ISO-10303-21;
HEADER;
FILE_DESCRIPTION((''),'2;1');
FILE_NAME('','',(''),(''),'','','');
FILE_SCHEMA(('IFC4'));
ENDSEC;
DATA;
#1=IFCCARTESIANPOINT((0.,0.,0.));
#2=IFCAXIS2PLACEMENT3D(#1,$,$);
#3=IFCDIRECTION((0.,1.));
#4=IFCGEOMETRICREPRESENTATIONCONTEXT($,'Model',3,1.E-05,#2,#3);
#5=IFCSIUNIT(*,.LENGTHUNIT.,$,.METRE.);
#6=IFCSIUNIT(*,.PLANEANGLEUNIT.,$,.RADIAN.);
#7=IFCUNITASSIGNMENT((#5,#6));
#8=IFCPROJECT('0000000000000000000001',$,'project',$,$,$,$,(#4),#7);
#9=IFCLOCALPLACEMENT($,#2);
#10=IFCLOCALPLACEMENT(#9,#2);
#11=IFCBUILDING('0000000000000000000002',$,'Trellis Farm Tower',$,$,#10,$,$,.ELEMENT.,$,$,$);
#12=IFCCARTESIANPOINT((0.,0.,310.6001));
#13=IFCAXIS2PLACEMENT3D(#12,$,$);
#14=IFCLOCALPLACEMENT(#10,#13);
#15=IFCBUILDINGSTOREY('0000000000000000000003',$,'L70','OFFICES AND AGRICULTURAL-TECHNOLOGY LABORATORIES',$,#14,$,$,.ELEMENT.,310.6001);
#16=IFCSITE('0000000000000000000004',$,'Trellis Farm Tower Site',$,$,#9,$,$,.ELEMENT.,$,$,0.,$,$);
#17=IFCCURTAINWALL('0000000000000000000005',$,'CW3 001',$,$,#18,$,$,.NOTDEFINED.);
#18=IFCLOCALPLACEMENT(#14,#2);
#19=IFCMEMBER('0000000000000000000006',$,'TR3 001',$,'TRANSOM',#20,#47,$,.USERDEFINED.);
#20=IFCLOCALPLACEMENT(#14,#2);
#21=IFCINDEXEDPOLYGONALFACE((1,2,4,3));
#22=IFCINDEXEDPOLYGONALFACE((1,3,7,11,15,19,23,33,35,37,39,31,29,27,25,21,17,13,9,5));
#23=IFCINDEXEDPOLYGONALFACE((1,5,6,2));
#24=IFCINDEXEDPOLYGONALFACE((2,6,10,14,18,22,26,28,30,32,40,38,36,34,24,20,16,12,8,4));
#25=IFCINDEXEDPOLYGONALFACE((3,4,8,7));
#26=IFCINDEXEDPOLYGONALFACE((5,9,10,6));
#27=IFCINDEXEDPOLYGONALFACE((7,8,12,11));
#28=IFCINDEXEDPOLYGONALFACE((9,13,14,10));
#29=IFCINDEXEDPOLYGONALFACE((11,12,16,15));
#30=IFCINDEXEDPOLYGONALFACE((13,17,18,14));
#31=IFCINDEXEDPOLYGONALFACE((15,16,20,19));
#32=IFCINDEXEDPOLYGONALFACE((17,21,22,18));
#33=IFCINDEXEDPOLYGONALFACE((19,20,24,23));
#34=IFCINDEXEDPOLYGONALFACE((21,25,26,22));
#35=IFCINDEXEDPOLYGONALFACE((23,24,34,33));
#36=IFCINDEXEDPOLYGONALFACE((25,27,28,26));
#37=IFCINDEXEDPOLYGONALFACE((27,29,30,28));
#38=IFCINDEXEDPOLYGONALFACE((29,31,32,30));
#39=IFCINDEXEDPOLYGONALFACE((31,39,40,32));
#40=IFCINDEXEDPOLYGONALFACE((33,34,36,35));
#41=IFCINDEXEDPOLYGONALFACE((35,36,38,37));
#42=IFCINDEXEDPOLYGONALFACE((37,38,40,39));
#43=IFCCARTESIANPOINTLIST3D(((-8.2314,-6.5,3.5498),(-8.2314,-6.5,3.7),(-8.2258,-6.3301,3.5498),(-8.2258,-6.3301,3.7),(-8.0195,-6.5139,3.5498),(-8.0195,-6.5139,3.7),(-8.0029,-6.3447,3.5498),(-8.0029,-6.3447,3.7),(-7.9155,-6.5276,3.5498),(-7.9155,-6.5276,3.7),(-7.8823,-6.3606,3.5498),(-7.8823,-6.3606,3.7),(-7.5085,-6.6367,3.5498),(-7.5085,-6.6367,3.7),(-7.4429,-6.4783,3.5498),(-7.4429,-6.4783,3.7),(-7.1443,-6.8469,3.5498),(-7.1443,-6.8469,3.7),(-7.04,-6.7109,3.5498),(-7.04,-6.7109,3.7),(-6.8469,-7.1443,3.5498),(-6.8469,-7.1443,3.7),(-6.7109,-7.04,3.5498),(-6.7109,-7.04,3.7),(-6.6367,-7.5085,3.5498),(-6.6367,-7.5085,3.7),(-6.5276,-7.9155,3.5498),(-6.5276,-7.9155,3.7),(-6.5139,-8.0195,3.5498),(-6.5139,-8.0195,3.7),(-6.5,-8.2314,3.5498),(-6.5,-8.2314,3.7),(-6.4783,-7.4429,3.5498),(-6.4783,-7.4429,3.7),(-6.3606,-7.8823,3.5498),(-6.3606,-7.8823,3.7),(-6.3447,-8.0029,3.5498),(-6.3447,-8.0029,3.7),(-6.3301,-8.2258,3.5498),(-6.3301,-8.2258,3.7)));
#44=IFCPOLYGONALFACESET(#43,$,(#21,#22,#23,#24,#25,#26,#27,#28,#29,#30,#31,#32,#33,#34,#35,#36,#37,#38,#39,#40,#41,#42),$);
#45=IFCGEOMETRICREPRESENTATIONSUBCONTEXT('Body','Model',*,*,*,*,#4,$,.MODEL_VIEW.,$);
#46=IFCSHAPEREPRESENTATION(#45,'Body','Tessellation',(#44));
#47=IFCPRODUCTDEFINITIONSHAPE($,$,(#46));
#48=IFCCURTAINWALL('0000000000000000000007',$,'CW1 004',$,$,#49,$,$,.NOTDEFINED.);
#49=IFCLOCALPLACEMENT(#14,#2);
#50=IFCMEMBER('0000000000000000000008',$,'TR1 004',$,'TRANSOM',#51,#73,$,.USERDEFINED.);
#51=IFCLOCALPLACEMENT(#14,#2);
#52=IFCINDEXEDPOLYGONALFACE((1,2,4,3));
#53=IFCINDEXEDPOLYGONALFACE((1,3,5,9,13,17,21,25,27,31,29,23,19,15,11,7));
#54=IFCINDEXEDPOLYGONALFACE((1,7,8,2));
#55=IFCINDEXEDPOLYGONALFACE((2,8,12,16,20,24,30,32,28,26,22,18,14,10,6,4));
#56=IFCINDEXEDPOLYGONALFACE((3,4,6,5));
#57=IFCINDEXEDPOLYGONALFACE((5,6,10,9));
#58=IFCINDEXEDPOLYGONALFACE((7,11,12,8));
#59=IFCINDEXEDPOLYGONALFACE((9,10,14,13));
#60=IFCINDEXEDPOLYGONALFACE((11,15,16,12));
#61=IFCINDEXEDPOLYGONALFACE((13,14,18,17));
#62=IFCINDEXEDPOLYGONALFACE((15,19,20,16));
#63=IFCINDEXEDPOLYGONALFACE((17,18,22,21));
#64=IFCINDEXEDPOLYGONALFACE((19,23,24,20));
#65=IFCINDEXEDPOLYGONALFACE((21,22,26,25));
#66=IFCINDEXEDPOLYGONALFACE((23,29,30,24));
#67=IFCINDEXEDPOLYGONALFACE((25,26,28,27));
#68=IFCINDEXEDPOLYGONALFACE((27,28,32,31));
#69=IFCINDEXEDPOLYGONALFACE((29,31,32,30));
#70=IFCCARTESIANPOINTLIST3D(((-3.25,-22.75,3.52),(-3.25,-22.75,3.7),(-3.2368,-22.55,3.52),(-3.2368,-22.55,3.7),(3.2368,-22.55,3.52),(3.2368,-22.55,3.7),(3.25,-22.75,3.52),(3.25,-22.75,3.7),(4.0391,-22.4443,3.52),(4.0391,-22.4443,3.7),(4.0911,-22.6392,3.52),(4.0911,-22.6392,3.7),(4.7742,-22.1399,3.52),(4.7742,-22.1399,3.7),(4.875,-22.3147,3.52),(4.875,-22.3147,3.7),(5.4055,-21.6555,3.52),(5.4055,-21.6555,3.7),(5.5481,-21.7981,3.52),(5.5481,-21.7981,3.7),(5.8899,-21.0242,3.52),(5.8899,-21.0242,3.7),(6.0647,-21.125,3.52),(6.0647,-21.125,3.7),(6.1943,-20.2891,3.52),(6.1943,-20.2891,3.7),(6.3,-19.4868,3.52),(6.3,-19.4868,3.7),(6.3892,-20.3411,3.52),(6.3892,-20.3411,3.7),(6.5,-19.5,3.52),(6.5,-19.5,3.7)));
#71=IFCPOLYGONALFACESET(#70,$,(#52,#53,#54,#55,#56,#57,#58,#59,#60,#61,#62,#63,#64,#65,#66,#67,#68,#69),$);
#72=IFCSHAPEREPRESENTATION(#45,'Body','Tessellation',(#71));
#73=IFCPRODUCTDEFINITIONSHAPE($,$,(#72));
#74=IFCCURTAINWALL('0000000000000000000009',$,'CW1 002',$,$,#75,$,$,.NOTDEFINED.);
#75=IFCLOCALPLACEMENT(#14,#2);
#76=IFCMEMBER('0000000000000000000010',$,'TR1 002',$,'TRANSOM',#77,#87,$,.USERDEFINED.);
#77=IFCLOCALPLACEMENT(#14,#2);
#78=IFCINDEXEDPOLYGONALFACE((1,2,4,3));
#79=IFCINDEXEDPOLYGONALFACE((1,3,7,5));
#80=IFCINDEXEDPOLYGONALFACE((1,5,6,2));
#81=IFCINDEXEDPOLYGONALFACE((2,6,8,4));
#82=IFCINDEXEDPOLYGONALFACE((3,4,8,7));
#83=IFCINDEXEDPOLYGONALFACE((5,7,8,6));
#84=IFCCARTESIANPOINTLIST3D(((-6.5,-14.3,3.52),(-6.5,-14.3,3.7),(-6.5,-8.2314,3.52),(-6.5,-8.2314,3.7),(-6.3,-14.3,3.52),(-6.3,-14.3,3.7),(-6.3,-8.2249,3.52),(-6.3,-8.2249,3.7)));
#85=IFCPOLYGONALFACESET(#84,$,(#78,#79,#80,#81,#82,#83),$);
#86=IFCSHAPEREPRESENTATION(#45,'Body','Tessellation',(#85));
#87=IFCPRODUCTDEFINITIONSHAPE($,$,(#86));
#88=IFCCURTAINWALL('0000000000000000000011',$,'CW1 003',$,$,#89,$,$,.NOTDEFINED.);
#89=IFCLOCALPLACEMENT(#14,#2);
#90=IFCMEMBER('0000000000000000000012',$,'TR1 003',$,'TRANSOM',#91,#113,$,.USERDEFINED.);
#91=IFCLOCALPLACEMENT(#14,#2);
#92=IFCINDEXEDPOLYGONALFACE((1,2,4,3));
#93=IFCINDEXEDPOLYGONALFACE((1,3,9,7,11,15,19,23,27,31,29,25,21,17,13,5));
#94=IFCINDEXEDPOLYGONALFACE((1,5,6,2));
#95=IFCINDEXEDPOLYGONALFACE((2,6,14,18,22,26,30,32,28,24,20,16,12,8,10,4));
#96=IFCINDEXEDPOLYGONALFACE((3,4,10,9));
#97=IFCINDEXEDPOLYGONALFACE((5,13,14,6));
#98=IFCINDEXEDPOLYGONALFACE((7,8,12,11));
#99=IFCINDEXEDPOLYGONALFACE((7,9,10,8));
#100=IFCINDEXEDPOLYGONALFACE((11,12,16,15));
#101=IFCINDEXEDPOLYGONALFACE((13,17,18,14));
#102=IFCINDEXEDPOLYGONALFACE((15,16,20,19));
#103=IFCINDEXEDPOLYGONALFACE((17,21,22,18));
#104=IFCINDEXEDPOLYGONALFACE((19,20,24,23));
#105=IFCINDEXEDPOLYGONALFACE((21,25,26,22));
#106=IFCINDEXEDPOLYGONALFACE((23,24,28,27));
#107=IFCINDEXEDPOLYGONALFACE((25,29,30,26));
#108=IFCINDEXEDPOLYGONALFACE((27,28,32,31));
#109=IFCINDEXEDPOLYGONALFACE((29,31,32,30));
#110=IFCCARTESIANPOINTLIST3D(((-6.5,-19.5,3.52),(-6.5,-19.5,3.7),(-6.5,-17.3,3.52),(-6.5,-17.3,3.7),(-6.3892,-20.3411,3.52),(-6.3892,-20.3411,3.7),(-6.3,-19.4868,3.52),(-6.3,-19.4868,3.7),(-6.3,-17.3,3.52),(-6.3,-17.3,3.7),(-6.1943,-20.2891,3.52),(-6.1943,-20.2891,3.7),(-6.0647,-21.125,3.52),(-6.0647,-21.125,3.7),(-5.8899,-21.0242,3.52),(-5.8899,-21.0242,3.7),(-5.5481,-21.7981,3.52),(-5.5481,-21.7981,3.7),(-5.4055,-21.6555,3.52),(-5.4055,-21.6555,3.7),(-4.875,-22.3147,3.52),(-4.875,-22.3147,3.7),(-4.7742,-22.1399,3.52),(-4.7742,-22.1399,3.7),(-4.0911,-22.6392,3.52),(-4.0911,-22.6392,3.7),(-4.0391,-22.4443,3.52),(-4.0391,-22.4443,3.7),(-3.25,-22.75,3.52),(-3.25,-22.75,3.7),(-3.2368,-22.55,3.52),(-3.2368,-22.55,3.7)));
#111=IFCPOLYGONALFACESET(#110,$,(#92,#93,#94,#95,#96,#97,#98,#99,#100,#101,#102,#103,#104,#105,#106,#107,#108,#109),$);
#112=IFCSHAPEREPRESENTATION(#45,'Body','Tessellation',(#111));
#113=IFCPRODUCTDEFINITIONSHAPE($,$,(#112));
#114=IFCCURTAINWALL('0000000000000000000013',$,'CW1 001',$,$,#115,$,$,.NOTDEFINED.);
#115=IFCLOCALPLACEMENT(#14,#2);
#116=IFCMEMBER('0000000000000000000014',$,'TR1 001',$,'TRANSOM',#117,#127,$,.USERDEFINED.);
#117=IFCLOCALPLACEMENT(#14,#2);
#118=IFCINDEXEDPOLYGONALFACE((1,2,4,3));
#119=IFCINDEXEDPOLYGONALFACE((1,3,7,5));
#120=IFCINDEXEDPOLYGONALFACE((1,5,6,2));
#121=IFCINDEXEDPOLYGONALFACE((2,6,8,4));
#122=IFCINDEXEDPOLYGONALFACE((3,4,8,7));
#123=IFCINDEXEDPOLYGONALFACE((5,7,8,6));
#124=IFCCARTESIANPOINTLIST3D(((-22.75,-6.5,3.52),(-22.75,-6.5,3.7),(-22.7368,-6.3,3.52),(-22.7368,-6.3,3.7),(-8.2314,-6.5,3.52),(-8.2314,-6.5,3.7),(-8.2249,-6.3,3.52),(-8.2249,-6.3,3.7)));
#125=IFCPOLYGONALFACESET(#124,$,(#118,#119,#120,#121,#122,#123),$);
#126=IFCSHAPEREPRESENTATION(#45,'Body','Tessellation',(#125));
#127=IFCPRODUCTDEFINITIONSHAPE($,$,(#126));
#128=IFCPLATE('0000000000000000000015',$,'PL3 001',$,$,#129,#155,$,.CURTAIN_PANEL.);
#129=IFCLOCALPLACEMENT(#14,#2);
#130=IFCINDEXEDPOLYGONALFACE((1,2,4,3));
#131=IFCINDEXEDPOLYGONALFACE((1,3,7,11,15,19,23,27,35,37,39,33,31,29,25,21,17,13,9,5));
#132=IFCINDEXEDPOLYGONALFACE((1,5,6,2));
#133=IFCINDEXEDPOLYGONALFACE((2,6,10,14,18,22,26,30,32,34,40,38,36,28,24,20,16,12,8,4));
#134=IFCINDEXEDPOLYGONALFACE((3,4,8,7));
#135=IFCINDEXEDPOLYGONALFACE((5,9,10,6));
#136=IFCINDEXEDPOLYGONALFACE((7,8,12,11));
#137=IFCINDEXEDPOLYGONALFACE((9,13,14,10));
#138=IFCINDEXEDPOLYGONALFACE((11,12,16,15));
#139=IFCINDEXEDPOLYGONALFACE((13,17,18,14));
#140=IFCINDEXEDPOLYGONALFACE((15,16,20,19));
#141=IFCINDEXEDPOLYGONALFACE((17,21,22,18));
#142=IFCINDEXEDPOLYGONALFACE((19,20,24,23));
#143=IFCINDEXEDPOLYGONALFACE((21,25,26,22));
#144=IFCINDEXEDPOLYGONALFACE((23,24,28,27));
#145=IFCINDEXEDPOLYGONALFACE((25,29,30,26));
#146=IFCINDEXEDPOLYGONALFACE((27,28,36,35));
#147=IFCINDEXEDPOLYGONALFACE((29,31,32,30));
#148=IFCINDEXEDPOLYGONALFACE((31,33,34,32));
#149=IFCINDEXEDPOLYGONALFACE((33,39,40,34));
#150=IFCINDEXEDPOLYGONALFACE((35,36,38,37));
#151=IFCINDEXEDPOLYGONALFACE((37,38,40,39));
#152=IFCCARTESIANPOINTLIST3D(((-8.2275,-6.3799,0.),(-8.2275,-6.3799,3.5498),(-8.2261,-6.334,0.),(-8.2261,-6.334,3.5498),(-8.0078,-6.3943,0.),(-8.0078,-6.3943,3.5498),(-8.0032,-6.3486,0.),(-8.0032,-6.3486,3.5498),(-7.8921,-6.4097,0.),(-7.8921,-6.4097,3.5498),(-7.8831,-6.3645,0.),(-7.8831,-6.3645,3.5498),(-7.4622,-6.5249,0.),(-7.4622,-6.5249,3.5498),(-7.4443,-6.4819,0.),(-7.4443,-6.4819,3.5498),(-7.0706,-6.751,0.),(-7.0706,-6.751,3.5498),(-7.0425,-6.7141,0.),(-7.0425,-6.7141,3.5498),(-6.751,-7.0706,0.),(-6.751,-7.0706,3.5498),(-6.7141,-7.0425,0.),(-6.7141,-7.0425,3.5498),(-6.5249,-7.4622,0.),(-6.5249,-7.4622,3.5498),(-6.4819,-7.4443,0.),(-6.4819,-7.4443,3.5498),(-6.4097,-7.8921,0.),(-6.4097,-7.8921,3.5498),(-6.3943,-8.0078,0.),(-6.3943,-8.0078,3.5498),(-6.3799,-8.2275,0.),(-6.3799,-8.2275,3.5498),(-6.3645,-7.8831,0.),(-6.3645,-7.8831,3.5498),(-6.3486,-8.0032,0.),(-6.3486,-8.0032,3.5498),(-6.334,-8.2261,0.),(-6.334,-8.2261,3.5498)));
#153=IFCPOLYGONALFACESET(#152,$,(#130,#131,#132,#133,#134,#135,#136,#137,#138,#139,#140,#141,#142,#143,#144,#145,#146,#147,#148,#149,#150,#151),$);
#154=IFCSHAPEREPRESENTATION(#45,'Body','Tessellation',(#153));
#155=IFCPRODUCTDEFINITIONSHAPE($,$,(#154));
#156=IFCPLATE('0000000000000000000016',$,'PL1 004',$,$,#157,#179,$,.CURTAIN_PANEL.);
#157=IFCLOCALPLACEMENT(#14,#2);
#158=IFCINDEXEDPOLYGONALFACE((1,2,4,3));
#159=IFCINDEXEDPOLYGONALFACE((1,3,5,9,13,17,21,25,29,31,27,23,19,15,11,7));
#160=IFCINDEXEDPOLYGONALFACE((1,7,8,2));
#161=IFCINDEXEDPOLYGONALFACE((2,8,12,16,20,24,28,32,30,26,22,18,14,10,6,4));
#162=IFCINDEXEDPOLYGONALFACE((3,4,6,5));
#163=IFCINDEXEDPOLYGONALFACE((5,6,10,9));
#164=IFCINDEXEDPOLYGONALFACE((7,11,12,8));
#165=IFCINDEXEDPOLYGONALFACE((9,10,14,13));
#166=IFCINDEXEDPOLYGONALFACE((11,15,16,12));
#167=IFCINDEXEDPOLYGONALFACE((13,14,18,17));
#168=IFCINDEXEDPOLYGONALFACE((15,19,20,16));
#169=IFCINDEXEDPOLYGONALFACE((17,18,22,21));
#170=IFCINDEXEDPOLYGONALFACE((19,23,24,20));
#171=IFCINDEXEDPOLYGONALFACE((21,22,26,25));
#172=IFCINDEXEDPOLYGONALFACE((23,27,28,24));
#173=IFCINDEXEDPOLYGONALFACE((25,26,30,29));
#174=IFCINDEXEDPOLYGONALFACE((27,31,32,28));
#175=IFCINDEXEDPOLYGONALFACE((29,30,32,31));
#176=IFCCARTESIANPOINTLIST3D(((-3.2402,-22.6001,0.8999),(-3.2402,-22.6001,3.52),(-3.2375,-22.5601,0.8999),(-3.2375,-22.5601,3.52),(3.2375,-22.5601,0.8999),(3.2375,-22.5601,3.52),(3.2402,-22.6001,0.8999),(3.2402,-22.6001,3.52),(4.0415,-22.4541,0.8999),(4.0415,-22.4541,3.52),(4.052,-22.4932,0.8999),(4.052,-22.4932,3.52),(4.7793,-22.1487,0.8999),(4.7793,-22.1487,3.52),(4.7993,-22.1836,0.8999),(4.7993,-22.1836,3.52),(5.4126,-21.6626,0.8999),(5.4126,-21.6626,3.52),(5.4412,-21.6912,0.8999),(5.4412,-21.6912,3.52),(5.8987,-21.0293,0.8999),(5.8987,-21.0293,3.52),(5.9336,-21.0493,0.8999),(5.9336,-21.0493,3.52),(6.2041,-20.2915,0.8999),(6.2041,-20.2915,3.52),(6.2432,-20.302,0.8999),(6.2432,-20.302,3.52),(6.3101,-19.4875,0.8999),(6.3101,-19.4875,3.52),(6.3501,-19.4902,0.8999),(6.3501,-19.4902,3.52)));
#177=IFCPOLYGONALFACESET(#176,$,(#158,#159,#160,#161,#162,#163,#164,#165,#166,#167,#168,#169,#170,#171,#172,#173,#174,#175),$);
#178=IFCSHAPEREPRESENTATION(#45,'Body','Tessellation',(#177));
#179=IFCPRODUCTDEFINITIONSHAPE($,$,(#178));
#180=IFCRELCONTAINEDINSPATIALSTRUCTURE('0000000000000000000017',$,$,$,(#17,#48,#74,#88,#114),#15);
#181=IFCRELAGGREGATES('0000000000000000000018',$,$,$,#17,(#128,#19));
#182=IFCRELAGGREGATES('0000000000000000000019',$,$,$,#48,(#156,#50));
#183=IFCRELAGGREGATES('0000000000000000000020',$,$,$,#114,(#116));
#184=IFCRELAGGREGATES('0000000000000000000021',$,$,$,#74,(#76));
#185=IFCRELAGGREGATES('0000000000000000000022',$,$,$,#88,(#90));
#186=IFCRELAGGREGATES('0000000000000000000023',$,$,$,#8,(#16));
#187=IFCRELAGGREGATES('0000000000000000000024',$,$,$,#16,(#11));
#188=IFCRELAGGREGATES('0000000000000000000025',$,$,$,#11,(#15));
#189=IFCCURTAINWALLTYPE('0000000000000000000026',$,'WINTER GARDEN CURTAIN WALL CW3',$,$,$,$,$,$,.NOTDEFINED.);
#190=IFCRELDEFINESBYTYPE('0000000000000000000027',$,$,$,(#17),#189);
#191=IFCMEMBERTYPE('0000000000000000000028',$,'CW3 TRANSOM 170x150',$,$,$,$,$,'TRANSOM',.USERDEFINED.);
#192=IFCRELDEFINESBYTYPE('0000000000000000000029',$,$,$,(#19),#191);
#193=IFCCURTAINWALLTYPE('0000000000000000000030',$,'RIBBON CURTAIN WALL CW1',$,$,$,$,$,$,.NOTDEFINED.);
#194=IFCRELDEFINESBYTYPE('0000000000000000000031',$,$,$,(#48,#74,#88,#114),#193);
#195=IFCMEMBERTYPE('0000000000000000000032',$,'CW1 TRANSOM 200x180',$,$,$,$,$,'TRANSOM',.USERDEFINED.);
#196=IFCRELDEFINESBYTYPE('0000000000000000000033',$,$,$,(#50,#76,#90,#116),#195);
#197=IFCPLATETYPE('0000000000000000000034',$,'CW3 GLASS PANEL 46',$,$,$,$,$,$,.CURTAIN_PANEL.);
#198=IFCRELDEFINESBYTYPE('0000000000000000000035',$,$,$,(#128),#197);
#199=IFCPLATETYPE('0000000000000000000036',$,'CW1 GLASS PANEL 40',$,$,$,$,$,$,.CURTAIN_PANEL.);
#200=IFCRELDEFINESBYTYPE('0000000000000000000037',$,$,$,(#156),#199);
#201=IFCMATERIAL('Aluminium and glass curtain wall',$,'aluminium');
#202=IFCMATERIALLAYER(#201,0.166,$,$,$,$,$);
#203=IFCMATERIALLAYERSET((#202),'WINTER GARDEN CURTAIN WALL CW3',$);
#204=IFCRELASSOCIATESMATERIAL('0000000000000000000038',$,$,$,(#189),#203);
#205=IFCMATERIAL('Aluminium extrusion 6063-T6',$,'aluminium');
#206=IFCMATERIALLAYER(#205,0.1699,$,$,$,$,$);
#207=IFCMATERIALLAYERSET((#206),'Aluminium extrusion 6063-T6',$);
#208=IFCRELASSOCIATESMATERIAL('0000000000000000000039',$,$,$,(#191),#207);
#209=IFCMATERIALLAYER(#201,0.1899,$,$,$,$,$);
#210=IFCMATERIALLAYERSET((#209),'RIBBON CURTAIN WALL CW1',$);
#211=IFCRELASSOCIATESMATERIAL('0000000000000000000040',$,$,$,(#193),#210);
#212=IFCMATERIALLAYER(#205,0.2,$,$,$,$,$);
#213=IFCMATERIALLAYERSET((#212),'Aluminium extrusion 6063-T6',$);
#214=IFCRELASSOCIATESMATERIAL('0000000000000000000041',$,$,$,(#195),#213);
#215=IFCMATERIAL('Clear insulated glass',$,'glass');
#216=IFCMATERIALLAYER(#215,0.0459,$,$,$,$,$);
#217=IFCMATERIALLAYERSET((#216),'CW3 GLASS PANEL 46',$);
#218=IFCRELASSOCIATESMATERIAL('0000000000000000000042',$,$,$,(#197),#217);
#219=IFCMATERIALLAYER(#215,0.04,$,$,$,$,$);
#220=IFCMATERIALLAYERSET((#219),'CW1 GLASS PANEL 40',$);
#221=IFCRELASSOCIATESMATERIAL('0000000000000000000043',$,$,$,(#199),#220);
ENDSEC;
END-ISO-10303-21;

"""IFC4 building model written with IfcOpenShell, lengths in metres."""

from ifc_helpers import new_model, si_unit, direction, frame, origin, place, context, subcontext, project, spatial, polyline, outline, extrude, source, transform, mapped, material, layer, layer_set, type_object, element, aggregate, save


model = new_model("IFC4")

# Units and contexts
model_context = context("Model", 3, precision=1e-05, world=origin(), true_north=direction((0.0, 1.0)))
body_context = subcontext(model_context, "Body", "Model", "MODEL_VIEW")
ifc_project = project(units=[si_unit("LENGTHUNIT", "METRE"), si_unit("PLANEANGLEUNIT", "RADIAN")], contexts=[model_context])

# Site, building, storey
site_placement = place(None, origin())
site = spatial("IfcSite", under=ifc_project, at=site_placement, Name="Trellis Farm Tower Site", CompositionType="ELEMENT", RefElevation=0.0)
building_placement = place(site_placement, origin())
building = spatial("IfcBuilding", under=site, at=building_placement, Name="Trellis Farm Tower", CompositionType="ELEMENT")
storey_placement = place(building_placement, frame((0.0, 0.0, 310.6001)))
storey = spatial("IfcBuildingStorey", under=building, at=storey_placement, Name="L70", Description="OFFICES AND AGRICULTURAL-TECHNOLOGY LABORATORIES", CompositionType="ELEMENT", Elevation=310.6001)

# Curtain walls, members
ifc_material_1 = material(Name="Aluminium and glass curtain wall", Category="aluminium")
ifc_layer_1 = layer(ifc_material_1, 0.166)
ifc_layer_set_1 = layer_set([ifc_layer_1], Name="WINTER GARDEN CURTAIN WALL CW3")
curtain_wall_type_1 = type_object("IfcCurtainWallType", Name="WINTER GARDEN CURTAIN WALL CW3", PredefinedType="NOTDEFINED", material=ifc_layer_set_1)
placement_1 = place(storey_placement, origin())
curtain_wall_1 = element("IfcCurtainWall", 1, at=placement_1, inside=storey, type_object=curtain_wall_type_1, Name="CW3 001", PredefinedType="NOTDEFINED")
ifc_material_2 = material(Name="Aluminium extrusion 6063-T6", Category="aluminium")
ifc_layer_2 = layer(ifc_material_2, 0.1699)
ifc_layer_set_2 = layer_set([ifc_layer_2], Name="Aluminium extrusion 6063-T6")
member_type_1 = type_object("IfcMemberType", Name="CW3 TRANSOM 170x150", ElementType="TRANSOM", PredefinedType="USERDEFINED", material=ifc_layer_set_2)
shared_shape_1 = source(origin(), body_context, "Body", "SweptSolid", [
    extrude(outline(polyline([(-8.2314, -6.5), (-8.0195, -6.5139), (-7.9155, -6.5276), (-7.5085, -6.6367), (-7.1443, -6.8469), (-6.8469, -7.1443), (-6.6367, -7.5085), (-6.5276, -7.9155), (-6.5139, -8.0195), (-6.5, -8.2314), (-6.3301, -8.2258), (-6.3447, -8.0029), (-6.3606, -7.8823), (-6.4783, -7.4429), (-6.7109, -7.04), (-7.04, -6.7109), (-7.4429, -6.4783), (-7.8823, -6.3606), (-8.0029, -6.3447), (-8.2258, -6.3301), (-8.2314, -6.5)])), origin(), (0.0, 0.0, 1.0), 0.1501),
])
member_1_placement = place(storey_placement, frame((0.0, 0.0, 3.5498)))
member_1 = element("IfcMember", 2, at=member_1_placement, type_object=member_type_1, Name="TR3 001", ObjectType="TRANSOM", PredefinedType="USERDEFINED", context=body_context, shape_type="MappedRepresentation", body=[
    mapped(shared_shape_1, transform((0.0, 0.0, 0.0))),
])
ifc_layer_3 = layer(ifc_material_1, 0.1899)
ifc_layer_set_3 = layer_set([ifc_layer_3], Name="RIBBON CURTAIN WALL CW1")
curtain_wall_type_2 = type_object("IfcCurtainWallType", Name="RIBBON CURTAIN WALL CW1", PredefinedType="NOTDEFINED", material=ifc_layer_set_3)
curtain_wall_2 = element("IfcCurtainWall", 3, at=placement_1, inside=storey, type_object=curtain_wall_type_2, Name="CW1 004", PredefinedType="NOTDEFINED")
ifc_layer_4 = layer(ifc_material_2, 0.2)
ifc_layer_set_4 = layer_set([ifc_layer_4], Name="Aluminium extrusion 6063-T6")
member_type_2 = type_object("IfcMemberType", Name="CW1 TRANSOM 200x180", ElementType="TRANSOM", PredefinedType="USERDEFINED", material=ifc_layer_set_4)
shared_shape_2 = source(origin(), body_context, "Body", "SweptSolid", [
    extrude(outline(polyline([(-3.25, -22.75), (3.25, -22.75), (4.0911, -22.6392), (4.875, -22.3147), (5.5481, -21.7981), (6.0647, -21.125), (6.3892, -20.3411), (6.5, -19.5), (6.3, -19.4868), (6.1943, -20.2891), (5.8899, -21.0242), (5.4055, -21.6555), (4.7742, -22.1399), (4.0391, -22.4443), (3.2368, -22.55), (-3.2368, -22.55), (-3.25, -22.75)])), origin(), (0.0, 0.0, 1.0), 0.1799),
])
placement_2 = place(storey_placement, frame((0.0, 0.0, 3.52)))
member_2 = element("IfcMember", 4, at=placement_2, type_object=member_type_2, Name="TR1 004", ObjectType="TRANSOM", PredefinedType="USERDEFINED", context=body_context, shape_type="MappedRepresentation", body=[
    mapped(shared_shape_2, transform((0.0, 0.0, 0.0))),
])
curtain_wall_3 = element("IfcCurtainWall", 5, at=placement_1, inside=storey, type_object=curtain_wall_type_2, Name="CW1 002", PredefinedType="NOTDEFINED")
shared_shape_3 = source(origin(), body_context, "Body", "SweptSolid", [
    extrude(outline(polyline([(-6.5, -8.2314), (-6.5, -14.3), (-6.3, -14.3), (-6.3, -8.2249), (-6.5, -8.2314)])), origin(), (0.0, 0.0, 1.0), 0.1799),
])
member_3 = element("IfcMember", 6, at=placement_2, type_object=member_type_2, Name="TR1 002", ObjectType="TRANSOM", PredefinedType="USERDEFINED", context=body_context, shape_type="MappedRepresentation", body=[
    mapped(shared_shape_3, transform((0.0, 0.0, 0.0))),
])
curtain_wall_4 = element("IfcCurtainWall", 7, at=placement_1, inside=storey, type_object=curtain_wall_type_2, Name="CW1 003", PredefinedType="NOTDEFINED")
shared_shape_4 = source(origin(), body_context, "Body", "SweptSolid", [
    extrude(outline(polyline([(-6.5, -17.3), (-6.5, -19.5), (-6.3892, -20.3411), (-6.0647, -21.125), (-5.5481, -21.7981), (-4.875, -22.3147), (-4.0911, -22.6392), (-3.25, -22.75), (-3.2368, -22.55), (-4.0391, -22.4443), (-4.7742, -22.1399), (-5.4055, -21.6555), (-5.8899, -21.0242), (-6.1943, -20.2891), (-6.3, -19.4868), (-6.3, -17.3), (-6.5, -17.3)])), origin(), (0.0, 0.0, 1.0), 0.1799),
])
member_4 = element("IfcMember", 8, at=placement_2, type_object=member_type_2, Name="TR1 003", ObjectType="TRANSOM", PredefinedType="USERDEFINED", context=body_context, shape_type="MappedRepresentation", body=[
    mapped(shared_shape_4, transform((0.0, 0.0, 0.0))),
])
curtain_wall_5 = element("IfcCurtainWall", 9, at=placement_1, inside=storey, type_object=curtain_wall_type_2, Name="CW1 001", PredefinedType="NOTDEFINED")
shared_shape_5 = source(origin(), body_context, "Body", "SweptSolid", [
    extrude(outline(polyline([(-22.75, -6.5), (-8.2314, -6.5), (-8.2249, -6.3), (-22.7368, -6.3), (-22.75, -6.5)])), origin(), (0.0, 0.0, 1.0), 0.1799),
])
member_5 = element("IfcMember", 10, at=placement_2, type_object=member_type_2, Name="TR1 001", ObjectType="TRANSOM", PredefinedType="USERDEFINED", context=body_context, shape_type="MappedRepresentation", body=[
    mapped(shared_shape_5, transform((0.0, 0.0, 0.0))),
])

# Plates
ifc_material_3 = material(Name="Clear insulated glass", Category="glass")
ifc_layer_5 = layer(ifc_material_3, 0.0459)
ifc_layer_set_5 = layer_set([ifc_layer_5], Name="CW3 GLASS PANEL 46")
plate_type_1 = type_object("IfcPlateType", Name="CW3 GLASS PANEL 46", PredefinedType="CURTAIN_PANEL", material=ifc_layer_set_5)
shared_shape_6 = source(origin(), body_context, "Body", "SweptSolid", [
    extrude(outline(polyline([(-8.2275, -6.3799), (-8.0078, -6.3943), (-7.8921, -6.4097), (-7.4622, -6.5249), (-7.0706, -6.751), (-6.751, -7.0706), (-6.5249, -7.4622), (-6.4097, -7.8921), (-6.3943, -8.0078), (-6.3799, -8.2275), (-6.334, -8.2261), (-6.3486, -8.0032), (-6.3645, -7.8831), (-6.4819, -7.4443), (-6.7141, -7.0425), (-7.0425, -6.7141), (-7.4443, -6.4819), (-7.8831, -6.3645), (-8.0032, -6.3486), (-8.2261, -6.334), (-8.2275, -6.3799)])), origin(), (0.0, 0.0, 1.0), 3.5498),
])
plate_1 = element("IfcPlate", 11, at=placement_1, type_object=plate_type_1, Name="PL3 001", PredefinedType="CURTAIN_PANEL", context=body_context, shape_type="MappedRepresentation", body=[
    mapped(shared_shape_6, transform((0.0, 0.0, 0.0))),
])
aggregate(curtain_wall_1, [plate_1, member_1])
ifc_layer_6 = layer(ifc_material_3, 0.04)
ifc_layer_set_6 = layer_set([ifc_layer_6], Name="CW1 GLASS PANEL 40")
plate_type_2 = type_object("IfcPlateType", Name="CW1 GLASS PANEL 40", PredefinedType="CURTAIN_PANEL", material=ifc_layer_set_6)
shared_shape_7 = source(origin(), body_context, "Body", "SweptSolid", [
    extrude(outline(polyline([(-3.2402, -22.6001), (3.2402, -22.6001), (4.052, -22.4932), (4.7993, -22.1836), (5.4412, -21.6912), (5.9336, -21.0493), (6.2432, -20.302), (6.3501, -19.4902), (6.3101, -19.4875), (6.2041, -20.2915), (5.8987, -21.0293), (5.4126, -21.6626), (4.7793, -22.1487), (4.0415, -22.4541), (3.2375, -22.5601), (-3.2375, -22.5601), (-3.2402, -22.6001)])), origin(), (0.0, 0.0, 1.0), 2.6201),
])
placement_3 = place(storey_placement, frame((0.0, 0.0, 0.8999)))
plate_2 = element("IfcPlate", 12, at=placement_3, type_object=plate_type_2, Name="PL1 004", PredefinedType="CURTAIN_PANEL", context=body_context, shape_type="MappedRepresentation", body=[
    mapped(shared_shape_7, transform((0.0, 0.0, 0.0))),
])
aggregate(curtain_wall_2, [plate_2, member_2])
aggregate(curtain_wall_5, [member_5])
aggregate(curtain_wall_3, [member_3])
aggregate(curtain_wall_4, [member_4])

save(model, "model.ifc")
